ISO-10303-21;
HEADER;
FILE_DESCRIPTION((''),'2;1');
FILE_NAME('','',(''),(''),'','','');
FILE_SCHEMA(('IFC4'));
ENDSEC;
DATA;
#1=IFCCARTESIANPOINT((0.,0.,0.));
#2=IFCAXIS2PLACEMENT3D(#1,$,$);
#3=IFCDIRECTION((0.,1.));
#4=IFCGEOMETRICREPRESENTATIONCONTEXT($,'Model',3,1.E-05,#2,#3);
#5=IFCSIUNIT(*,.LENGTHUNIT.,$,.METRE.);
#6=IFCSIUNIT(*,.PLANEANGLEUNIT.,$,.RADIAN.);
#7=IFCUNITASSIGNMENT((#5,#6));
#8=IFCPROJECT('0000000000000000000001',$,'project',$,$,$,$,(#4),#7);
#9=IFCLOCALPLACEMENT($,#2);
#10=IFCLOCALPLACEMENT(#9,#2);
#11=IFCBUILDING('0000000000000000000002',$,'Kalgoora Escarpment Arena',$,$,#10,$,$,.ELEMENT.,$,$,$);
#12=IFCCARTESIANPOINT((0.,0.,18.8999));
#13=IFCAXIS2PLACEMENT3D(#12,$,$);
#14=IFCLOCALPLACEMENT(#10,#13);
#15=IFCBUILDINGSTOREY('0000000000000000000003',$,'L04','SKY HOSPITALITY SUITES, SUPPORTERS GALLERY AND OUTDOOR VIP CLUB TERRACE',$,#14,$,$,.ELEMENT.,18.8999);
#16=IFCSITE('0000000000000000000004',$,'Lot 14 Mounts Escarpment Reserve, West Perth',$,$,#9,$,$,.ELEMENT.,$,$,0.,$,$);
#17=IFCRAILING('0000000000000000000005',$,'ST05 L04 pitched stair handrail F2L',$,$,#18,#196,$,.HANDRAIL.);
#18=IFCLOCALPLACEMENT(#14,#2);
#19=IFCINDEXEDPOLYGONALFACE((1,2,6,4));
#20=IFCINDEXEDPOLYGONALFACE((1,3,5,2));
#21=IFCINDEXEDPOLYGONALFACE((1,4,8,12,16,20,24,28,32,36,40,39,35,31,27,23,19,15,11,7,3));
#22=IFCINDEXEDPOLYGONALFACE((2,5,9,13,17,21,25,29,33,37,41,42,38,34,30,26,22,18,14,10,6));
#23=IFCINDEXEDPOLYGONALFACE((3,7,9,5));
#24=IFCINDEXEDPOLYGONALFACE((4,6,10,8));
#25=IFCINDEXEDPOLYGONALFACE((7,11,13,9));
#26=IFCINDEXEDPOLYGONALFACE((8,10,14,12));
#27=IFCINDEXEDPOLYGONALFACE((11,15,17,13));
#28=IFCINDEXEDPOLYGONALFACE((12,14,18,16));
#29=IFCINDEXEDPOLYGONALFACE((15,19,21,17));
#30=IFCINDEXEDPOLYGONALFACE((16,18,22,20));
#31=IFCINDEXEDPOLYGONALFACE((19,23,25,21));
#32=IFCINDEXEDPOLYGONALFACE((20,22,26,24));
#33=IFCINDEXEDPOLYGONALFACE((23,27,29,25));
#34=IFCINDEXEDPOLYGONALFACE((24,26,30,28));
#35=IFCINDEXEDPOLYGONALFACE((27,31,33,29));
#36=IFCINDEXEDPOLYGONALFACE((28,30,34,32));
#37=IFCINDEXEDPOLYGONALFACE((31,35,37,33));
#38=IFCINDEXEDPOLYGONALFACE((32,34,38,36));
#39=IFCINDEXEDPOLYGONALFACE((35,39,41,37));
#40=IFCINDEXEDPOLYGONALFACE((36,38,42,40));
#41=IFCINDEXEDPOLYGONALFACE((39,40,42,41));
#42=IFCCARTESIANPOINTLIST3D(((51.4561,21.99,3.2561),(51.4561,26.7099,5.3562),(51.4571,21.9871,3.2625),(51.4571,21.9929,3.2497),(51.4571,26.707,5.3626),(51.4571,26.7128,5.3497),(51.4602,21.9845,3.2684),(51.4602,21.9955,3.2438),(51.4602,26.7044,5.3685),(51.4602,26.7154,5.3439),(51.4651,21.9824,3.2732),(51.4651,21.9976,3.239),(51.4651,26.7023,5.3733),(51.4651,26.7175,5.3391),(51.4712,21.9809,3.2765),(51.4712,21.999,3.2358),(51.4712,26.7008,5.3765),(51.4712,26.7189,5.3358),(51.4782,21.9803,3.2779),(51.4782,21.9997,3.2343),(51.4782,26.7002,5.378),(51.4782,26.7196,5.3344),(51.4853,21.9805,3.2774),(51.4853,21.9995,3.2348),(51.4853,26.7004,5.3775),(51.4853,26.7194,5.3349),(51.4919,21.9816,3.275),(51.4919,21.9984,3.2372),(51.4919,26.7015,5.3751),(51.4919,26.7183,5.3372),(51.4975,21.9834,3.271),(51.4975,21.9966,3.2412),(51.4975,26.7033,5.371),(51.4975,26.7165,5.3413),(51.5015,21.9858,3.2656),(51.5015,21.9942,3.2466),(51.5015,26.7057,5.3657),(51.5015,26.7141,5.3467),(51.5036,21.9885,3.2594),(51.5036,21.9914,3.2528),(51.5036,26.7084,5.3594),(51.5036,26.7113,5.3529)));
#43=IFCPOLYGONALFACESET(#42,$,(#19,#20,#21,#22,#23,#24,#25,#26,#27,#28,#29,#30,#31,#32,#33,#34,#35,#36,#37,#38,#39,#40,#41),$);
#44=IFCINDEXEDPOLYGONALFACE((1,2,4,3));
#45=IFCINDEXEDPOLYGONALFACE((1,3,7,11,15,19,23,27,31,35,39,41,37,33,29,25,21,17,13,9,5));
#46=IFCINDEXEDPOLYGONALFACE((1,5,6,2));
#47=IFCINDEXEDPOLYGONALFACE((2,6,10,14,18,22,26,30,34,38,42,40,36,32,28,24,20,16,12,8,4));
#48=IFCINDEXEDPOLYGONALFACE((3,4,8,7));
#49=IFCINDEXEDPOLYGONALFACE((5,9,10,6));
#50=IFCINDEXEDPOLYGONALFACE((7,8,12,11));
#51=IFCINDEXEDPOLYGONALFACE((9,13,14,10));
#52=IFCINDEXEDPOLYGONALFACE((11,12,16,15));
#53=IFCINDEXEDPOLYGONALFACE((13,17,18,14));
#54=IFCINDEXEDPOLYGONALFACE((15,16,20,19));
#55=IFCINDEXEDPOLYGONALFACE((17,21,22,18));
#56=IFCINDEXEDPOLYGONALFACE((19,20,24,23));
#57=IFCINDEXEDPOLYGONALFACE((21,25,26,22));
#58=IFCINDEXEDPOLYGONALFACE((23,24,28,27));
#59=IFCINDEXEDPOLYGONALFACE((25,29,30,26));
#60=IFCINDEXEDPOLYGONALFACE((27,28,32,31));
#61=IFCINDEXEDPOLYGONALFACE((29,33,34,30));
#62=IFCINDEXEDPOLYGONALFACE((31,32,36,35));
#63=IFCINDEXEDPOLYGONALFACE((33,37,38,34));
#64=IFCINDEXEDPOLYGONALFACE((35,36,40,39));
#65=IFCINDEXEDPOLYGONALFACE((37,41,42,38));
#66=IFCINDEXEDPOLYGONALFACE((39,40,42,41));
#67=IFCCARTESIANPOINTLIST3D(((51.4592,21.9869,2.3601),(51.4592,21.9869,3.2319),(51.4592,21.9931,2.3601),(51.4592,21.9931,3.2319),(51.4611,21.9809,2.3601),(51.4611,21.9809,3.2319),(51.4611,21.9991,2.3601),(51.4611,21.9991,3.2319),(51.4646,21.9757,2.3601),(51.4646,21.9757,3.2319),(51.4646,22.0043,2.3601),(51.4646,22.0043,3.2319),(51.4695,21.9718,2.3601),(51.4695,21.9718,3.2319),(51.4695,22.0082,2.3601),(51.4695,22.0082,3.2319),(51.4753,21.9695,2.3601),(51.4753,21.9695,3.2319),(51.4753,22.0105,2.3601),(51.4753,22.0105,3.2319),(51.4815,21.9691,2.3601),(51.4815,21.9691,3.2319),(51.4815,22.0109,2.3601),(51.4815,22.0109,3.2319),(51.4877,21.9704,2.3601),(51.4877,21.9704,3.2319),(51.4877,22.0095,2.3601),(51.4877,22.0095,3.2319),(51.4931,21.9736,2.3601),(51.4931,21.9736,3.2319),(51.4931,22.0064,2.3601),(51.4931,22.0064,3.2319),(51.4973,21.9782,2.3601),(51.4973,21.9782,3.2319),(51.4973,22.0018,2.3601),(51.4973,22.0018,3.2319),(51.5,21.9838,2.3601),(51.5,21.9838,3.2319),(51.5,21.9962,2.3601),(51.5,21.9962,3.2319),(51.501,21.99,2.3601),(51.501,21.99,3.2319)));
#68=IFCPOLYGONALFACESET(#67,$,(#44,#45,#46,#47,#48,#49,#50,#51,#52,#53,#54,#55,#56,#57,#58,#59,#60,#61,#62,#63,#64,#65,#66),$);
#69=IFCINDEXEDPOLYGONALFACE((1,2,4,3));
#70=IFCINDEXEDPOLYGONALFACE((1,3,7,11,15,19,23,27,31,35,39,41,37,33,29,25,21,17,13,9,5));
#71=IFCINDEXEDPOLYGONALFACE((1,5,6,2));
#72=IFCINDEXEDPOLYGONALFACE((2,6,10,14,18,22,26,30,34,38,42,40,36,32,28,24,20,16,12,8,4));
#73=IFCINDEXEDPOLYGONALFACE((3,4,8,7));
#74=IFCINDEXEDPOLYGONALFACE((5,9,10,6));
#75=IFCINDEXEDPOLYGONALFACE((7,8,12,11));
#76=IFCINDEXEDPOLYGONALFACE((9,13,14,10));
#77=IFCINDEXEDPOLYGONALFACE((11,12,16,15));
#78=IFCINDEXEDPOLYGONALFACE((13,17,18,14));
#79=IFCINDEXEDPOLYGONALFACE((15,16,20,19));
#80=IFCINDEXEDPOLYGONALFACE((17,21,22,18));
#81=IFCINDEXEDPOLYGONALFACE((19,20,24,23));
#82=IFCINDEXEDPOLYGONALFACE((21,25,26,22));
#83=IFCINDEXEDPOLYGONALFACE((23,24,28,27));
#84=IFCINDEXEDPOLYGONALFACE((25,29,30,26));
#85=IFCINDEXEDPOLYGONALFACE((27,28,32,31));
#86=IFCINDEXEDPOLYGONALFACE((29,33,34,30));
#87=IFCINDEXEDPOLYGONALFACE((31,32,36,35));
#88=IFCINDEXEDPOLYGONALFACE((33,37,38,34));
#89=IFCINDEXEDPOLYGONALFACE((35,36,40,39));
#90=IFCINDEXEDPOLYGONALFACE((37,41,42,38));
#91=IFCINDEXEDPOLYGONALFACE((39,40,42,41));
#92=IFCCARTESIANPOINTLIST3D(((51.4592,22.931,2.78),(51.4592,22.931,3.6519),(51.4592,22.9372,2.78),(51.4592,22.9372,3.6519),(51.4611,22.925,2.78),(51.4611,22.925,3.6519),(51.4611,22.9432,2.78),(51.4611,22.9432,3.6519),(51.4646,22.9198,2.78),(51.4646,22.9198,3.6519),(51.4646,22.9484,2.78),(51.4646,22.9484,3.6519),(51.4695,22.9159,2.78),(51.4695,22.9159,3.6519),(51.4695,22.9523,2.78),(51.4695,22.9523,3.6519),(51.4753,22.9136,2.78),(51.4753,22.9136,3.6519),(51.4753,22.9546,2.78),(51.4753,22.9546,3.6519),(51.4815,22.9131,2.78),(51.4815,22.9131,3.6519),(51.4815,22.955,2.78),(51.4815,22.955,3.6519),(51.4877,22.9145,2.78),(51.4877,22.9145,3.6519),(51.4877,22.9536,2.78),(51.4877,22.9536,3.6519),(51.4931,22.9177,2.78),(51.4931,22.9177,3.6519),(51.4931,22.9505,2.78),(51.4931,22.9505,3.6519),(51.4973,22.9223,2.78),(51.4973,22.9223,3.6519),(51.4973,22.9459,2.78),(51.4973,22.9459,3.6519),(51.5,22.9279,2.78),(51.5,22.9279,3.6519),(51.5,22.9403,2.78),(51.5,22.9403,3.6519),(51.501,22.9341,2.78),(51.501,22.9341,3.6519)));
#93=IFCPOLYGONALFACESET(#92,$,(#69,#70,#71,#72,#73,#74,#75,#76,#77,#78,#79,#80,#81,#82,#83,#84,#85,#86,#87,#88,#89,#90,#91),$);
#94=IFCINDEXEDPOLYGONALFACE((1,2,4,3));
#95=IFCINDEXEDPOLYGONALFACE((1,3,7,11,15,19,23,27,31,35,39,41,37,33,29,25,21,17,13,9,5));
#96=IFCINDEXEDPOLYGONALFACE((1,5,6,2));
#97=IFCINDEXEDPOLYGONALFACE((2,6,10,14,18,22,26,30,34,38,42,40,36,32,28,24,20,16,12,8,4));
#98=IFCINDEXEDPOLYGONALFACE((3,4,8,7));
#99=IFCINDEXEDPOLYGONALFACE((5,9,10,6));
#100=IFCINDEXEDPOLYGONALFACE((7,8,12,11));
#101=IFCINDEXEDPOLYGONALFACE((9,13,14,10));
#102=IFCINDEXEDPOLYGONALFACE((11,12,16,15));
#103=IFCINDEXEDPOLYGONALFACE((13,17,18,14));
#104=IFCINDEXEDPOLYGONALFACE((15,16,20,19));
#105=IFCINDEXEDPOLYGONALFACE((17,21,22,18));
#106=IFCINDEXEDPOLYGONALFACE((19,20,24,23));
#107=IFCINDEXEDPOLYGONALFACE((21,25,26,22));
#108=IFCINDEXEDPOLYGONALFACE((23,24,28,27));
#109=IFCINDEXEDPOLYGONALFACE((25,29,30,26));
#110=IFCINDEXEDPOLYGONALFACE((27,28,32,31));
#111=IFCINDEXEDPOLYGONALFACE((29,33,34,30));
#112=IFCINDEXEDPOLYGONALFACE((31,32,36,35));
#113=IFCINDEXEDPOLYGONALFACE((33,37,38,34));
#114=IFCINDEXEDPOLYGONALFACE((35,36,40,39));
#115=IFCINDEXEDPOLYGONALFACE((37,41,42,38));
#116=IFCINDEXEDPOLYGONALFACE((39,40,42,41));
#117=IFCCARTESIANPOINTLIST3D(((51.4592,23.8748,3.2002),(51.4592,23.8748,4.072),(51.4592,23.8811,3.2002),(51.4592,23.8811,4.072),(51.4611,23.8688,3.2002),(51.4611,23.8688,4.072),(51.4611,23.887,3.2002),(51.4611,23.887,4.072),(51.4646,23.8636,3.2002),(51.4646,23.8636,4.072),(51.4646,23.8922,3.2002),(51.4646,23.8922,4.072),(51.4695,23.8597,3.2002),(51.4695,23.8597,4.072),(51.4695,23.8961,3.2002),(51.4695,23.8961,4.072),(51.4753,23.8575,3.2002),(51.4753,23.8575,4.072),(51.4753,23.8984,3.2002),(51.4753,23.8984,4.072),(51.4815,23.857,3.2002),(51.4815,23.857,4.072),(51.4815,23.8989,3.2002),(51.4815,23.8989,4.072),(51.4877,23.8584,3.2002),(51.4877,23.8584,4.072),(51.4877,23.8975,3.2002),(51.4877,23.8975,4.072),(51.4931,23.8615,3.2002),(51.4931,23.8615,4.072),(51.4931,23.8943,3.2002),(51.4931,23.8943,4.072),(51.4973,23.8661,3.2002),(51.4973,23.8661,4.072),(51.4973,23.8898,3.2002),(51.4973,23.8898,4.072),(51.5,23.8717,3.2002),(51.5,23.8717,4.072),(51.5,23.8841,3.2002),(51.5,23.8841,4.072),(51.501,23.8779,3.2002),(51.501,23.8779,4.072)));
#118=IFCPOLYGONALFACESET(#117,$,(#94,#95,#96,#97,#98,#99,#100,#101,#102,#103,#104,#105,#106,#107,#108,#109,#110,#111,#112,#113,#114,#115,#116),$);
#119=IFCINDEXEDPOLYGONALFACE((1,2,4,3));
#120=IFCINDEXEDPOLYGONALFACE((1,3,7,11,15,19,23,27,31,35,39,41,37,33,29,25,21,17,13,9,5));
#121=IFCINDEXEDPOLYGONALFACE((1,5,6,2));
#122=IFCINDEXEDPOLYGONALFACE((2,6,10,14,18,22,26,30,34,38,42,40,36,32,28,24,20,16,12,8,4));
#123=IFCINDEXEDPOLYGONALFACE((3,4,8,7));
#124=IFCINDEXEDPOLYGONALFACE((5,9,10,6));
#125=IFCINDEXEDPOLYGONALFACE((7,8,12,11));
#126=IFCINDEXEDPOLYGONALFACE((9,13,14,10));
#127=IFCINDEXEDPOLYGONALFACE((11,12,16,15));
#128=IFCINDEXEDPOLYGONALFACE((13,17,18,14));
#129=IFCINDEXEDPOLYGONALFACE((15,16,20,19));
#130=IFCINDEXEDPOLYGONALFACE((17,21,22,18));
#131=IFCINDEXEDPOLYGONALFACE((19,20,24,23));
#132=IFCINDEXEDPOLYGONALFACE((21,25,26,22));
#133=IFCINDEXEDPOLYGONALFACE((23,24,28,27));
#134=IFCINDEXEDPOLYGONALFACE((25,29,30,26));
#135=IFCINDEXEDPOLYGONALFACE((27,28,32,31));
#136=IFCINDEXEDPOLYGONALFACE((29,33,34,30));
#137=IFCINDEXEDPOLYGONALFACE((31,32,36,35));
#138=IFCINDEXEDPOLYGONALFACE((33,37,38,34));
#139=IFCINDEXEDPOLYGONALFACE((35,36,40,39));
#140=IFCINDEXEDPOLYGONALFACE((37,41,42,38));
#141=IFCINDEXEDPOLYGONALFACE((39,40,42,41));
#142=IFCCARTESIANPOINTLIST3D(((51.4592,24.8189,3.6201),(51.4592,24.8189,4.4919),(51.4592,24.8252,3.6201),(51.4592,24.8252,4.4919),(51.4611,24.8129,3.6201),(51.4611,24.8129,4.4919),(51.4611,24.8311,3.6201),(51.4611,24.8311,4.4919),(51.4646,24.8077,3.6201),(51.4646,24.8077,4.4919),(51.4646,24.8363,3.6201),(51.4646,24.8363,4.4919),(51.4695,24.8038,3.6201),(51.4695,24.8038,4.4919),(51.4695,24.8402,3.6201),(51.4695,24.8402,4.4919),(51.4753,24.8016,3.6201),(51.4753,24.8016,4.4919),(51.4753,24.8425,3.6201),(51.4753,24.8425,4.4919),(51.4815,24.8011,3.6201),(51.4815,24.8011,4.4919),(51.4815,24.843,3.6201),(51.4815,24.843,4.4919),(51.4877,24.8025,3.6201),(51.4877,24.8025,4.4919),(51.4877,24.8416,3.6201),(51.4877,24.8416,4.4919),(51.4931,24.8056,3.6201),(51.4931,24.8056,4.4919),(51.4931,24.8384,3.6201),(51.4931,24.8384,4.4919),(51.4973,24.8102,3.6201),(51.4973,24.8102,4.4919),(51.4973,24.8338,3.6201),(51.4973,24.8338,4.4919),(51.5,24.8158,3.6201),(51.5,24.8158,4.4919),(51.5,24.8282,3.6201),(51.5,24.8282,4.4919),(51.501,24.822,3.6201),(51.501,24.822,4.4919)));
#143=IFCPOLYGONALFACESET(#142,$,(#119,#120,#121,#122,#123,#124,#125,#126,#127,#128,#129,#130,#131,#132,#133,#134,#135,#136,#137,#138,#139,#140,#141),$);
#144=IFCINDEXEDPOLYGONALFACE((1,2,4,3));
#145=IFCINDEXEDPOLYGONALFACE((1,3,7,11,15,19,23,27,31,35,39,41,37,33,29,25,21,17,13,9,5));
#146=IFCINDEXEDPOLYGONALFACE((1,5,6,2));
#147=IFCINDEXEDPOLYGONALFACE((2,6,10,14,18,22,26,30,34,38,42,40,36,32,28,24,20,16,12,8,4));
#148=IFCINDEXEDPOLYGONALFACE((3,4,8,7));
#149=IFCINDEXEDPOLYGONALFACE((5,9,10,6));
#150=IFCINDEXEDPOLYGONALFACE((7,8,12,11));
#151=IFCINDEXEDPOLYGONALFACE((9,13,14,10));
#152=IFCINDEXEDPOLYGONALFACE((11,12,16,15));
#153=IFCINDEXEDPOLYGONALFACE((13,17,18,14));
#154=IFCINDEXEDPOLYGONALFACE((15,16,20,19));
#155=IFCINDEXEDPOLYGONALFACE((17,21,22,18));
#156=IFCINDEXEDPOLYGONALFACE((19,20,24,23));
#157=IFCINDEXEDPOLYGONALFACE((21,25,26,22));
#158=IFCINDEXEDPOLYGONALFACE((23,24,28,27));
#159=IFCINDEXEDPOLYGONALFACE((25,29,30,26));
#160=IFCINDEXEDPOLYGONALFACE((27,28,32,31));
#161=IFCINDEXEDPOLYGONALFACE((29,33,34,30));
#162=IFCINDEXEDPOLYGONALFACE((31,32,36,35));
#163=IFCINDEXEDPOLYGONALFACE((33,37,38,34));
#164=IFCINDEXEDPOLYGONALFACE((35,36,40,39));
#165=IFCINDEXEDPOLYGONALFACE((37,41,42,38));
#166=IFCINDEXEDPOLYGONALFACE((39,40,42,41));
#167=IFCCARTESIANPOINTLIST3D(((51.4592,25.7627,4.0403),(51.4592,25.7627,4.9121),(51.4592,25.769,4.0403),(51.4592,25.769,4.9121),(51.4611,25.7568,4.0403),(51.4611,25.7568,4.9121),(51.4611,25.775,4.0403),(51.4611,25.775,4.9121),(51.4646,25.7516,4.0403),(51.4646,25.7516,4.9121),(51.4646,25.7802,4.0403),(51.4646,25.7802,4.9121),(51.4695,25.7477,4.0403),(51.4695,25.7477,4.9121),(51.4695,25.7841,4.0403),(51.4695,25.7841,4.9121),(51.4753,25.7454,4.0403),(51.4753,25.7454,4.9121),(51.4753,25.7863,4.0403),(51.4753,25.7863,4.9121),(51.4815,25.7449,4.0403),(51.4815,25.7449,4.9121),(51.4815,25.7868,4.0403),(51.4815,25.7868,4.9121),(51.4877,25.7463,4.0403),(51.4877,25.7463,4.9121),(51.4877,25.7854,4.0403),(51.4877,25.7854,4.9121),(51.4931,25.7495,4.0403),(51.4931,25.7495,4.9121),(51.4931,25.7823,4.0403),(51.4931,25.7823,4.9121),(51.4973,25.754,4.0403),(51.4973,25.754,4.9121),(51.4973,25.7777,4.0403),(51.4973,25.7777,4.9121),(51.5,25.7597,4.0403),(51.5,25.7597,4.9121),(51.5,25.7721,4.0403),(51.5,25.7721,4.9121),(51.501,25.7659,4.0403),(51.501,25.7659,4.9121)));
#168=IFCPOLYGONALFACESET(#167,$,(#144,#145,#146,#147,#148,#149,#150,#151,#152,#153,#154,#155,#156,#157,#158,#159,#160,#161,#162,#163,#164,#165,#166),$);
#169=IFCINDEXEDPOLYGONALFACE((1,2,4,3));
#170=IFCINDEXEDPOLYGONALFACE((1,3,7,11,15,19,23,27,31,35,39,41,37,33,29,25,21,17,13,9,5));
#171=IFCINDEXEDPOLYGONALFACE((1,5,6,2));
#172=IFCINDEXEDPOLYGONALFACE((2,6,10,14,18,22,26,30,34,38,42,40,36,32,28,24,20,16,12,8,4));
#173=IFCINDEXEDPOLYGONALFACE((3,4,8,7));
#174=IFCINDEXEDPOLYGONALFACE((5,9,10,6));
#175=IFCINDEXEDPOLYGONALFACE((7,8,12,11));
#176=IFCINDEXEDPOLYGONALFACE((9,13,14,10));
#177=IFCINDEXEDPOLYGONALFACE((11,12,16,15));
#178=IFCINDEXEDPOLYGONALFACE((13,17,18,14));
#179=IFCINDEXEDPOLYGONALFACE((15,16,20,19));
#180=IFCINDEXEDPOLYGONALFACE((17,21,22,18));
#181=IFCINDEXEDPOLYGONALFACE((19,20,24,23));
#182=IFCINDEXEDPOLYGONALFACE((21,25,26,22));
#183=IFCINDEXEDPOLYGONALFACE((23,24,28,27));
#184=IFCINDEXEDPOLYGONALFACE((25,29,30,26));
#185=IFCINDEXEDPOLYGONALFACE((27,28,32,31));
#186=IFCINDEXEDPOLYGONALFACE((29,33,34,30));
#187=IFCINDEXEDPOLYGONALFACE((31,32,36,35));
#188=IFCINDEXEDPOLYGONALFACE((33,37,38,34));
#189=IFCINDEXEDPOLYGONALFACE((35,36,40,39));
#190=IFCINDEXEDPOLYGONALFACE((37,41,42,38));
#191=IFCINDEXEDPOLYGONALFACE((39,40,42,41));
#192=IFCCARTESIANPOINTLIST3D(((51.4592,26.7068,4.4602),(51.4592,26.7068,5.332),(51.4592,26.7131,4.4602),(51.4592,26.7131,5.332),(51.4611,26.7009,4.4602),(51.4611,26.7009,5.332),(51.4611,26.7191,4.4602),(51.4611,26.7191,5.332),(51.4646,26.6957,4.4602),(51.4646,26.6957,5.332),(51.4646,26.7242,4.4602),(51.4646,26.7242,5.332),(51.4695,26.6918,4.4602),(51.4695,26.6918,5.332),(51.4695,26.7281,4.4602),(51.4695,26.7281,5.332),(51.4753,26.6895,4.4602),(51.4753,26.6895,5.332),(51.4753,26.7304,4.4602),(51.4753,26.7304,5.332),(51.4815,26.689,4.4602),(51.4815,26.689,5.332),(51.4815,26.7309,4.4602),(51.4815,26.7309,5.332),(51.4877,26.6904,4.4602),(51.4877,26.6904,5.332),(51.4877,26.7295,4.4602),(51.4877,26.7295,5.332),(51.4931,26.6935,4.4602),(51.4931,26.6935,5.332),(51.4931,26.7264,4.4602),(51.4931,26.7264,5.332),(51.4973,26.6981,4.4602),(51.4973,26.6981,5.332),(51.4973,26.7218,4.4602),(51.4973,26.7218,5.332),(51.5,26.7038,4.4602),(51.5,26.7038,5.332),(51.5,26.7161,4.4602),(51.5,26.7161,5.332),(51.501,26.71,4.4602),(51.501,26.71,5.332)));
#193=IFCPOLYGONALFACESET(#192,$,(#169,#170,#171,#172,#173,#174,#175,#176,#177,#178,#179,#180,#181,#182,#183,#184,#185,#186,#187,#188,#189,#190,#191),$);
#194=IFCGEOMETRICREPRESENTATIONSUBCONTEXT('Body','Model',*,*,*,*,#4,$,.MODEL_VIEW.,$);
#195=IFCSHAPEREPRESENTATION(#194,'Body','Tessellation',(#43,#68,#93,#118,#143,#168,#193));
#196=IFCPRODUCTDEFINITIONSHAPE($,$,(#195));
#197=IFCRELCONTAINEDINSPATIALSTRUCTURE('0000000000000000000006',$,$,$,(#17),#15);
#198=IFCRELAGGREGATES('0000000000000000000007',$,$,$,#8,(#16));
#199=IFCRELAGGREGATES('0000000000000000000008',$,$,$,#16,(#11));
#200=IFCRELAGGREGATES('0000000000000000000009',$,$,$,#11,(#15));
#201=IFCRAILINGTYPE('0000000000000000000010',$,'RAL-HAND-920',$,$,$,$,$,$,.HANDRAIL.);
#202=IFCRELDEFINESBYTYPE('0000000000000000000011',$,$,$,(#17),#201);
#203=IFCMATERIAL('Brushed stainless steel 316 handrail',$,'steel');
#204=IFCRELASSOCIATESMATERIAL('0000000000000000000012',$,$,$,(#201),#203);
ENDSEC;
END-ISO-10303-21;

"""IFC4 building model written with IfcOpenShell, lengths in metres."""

from ifc_helpers import new_model, si_unit, direction, frame, origin, origin_2d, place, context, subcontext, project, spatial, circle, extrude, material, type_object, element, save


model = new_model("IFC4")

# Units and contexts
model_context = context("Model", 3, precision=1e-05, world=origin(), true_north=direction((0.0, 1.0)))
body_context = subcontext(model_context, "Body", "Model", "MODEL_VIEW")
ifc_project = project(units=[si_unit("LENGTHUNIT", "METRE"), si_unit("PLANEANGLEUNIT", "RADIAN")], contexts=[model_context])

# Site, building, storey
site_placement = place(None, origin())
site = spatial("IfcSite", under=ifc_project, at=site_placement, Name="Lot 14 Mounts Escarpment Reserve, West Perth", CompositionType="ELEMENT", RefElevation=0.0)
building_placement = place(site_placement, origin())
building = spatial("IfcBuilding", under=site, at=building_placement, Name="Kalgoora Escarpment Arena", CompositionType="ELEMENT")
storey_placement = place(building_placement, frame((0.0, 0.0, 18.8999)))
storey = spatial("IfcBuildingStorey", under=building, at=storey_placement, Name="L04", Description="SKY HOSPITALITY SUITES, SUPPORTERS GALLERY AND OUTDOOR VIP CLUB TERRACE", CompositionType="ELEMENT", Elevation=18.8999)

# Railing
ifc_material_1 = material(Name="Brushed stainless steel 316 handrail", Category="steel")
railing_type_1 = type_object("IfcRailingType", Name="RAL-HAND-920", PredefinedType="HANDRAIL", material=ifc_material_1)
for number, where, name in (
    (1, (51.48, 21.99, 2.3601), "ST05 L04 pitched stair handrail F2L"),
):
    element("IfcRailing", number, at=place(storey_placement, frame(where)), inside=storey, type_object=railing_type_1, Name=name, PredefinedType="HANDRAIL", context=body_context, shape_type="SweptSolid", body=[
        extrude(circle(Radius=0.0239, at=origin_2d()), frame((0.0, 0.0, 0.896), z_axis=(0.0, 0.913644, 0.406516), x_axis=(-1.0, 0.0, 0.0)), (0.0, 0.0, 1.0), 5.166),
        extrude(circle(Radius=0.021, at=origin_2d()), origin(), (0.0, 0.0, 1.0), 0.8718),
        extrude(circle(Radius=0.021, at=origin_2d()), frame((0.0, 0.9441, 0.4199)), (0.0, 0.0, 1.0), 0.8718),
        extrude(circle(Radius=0.021, at=origin_2d()), frame((0.0, 1.8879, 0.8401)), (0.0, 0.0, 1.0), 0.8718),
        extrude(circle(Radius=0.021, at=origin_2d()), frame((0.0, 2.832, 1.26)), (0.0, 0.0, 1.0), 0.8718),
        extrude(circle(Radius=0.021, at=origin_2d()), frame((0.0, 3.7759, 1.6802)), (0.0, 0.0, 1.0), 0.8718),
        extrude(circle(Radius=0.021, at=origin_2d()), frame((0.0, 4.72, 2.1001)), (0.0, 0.0, 1.0), 0.8718),
    ])

save(model, "model.ifc")
